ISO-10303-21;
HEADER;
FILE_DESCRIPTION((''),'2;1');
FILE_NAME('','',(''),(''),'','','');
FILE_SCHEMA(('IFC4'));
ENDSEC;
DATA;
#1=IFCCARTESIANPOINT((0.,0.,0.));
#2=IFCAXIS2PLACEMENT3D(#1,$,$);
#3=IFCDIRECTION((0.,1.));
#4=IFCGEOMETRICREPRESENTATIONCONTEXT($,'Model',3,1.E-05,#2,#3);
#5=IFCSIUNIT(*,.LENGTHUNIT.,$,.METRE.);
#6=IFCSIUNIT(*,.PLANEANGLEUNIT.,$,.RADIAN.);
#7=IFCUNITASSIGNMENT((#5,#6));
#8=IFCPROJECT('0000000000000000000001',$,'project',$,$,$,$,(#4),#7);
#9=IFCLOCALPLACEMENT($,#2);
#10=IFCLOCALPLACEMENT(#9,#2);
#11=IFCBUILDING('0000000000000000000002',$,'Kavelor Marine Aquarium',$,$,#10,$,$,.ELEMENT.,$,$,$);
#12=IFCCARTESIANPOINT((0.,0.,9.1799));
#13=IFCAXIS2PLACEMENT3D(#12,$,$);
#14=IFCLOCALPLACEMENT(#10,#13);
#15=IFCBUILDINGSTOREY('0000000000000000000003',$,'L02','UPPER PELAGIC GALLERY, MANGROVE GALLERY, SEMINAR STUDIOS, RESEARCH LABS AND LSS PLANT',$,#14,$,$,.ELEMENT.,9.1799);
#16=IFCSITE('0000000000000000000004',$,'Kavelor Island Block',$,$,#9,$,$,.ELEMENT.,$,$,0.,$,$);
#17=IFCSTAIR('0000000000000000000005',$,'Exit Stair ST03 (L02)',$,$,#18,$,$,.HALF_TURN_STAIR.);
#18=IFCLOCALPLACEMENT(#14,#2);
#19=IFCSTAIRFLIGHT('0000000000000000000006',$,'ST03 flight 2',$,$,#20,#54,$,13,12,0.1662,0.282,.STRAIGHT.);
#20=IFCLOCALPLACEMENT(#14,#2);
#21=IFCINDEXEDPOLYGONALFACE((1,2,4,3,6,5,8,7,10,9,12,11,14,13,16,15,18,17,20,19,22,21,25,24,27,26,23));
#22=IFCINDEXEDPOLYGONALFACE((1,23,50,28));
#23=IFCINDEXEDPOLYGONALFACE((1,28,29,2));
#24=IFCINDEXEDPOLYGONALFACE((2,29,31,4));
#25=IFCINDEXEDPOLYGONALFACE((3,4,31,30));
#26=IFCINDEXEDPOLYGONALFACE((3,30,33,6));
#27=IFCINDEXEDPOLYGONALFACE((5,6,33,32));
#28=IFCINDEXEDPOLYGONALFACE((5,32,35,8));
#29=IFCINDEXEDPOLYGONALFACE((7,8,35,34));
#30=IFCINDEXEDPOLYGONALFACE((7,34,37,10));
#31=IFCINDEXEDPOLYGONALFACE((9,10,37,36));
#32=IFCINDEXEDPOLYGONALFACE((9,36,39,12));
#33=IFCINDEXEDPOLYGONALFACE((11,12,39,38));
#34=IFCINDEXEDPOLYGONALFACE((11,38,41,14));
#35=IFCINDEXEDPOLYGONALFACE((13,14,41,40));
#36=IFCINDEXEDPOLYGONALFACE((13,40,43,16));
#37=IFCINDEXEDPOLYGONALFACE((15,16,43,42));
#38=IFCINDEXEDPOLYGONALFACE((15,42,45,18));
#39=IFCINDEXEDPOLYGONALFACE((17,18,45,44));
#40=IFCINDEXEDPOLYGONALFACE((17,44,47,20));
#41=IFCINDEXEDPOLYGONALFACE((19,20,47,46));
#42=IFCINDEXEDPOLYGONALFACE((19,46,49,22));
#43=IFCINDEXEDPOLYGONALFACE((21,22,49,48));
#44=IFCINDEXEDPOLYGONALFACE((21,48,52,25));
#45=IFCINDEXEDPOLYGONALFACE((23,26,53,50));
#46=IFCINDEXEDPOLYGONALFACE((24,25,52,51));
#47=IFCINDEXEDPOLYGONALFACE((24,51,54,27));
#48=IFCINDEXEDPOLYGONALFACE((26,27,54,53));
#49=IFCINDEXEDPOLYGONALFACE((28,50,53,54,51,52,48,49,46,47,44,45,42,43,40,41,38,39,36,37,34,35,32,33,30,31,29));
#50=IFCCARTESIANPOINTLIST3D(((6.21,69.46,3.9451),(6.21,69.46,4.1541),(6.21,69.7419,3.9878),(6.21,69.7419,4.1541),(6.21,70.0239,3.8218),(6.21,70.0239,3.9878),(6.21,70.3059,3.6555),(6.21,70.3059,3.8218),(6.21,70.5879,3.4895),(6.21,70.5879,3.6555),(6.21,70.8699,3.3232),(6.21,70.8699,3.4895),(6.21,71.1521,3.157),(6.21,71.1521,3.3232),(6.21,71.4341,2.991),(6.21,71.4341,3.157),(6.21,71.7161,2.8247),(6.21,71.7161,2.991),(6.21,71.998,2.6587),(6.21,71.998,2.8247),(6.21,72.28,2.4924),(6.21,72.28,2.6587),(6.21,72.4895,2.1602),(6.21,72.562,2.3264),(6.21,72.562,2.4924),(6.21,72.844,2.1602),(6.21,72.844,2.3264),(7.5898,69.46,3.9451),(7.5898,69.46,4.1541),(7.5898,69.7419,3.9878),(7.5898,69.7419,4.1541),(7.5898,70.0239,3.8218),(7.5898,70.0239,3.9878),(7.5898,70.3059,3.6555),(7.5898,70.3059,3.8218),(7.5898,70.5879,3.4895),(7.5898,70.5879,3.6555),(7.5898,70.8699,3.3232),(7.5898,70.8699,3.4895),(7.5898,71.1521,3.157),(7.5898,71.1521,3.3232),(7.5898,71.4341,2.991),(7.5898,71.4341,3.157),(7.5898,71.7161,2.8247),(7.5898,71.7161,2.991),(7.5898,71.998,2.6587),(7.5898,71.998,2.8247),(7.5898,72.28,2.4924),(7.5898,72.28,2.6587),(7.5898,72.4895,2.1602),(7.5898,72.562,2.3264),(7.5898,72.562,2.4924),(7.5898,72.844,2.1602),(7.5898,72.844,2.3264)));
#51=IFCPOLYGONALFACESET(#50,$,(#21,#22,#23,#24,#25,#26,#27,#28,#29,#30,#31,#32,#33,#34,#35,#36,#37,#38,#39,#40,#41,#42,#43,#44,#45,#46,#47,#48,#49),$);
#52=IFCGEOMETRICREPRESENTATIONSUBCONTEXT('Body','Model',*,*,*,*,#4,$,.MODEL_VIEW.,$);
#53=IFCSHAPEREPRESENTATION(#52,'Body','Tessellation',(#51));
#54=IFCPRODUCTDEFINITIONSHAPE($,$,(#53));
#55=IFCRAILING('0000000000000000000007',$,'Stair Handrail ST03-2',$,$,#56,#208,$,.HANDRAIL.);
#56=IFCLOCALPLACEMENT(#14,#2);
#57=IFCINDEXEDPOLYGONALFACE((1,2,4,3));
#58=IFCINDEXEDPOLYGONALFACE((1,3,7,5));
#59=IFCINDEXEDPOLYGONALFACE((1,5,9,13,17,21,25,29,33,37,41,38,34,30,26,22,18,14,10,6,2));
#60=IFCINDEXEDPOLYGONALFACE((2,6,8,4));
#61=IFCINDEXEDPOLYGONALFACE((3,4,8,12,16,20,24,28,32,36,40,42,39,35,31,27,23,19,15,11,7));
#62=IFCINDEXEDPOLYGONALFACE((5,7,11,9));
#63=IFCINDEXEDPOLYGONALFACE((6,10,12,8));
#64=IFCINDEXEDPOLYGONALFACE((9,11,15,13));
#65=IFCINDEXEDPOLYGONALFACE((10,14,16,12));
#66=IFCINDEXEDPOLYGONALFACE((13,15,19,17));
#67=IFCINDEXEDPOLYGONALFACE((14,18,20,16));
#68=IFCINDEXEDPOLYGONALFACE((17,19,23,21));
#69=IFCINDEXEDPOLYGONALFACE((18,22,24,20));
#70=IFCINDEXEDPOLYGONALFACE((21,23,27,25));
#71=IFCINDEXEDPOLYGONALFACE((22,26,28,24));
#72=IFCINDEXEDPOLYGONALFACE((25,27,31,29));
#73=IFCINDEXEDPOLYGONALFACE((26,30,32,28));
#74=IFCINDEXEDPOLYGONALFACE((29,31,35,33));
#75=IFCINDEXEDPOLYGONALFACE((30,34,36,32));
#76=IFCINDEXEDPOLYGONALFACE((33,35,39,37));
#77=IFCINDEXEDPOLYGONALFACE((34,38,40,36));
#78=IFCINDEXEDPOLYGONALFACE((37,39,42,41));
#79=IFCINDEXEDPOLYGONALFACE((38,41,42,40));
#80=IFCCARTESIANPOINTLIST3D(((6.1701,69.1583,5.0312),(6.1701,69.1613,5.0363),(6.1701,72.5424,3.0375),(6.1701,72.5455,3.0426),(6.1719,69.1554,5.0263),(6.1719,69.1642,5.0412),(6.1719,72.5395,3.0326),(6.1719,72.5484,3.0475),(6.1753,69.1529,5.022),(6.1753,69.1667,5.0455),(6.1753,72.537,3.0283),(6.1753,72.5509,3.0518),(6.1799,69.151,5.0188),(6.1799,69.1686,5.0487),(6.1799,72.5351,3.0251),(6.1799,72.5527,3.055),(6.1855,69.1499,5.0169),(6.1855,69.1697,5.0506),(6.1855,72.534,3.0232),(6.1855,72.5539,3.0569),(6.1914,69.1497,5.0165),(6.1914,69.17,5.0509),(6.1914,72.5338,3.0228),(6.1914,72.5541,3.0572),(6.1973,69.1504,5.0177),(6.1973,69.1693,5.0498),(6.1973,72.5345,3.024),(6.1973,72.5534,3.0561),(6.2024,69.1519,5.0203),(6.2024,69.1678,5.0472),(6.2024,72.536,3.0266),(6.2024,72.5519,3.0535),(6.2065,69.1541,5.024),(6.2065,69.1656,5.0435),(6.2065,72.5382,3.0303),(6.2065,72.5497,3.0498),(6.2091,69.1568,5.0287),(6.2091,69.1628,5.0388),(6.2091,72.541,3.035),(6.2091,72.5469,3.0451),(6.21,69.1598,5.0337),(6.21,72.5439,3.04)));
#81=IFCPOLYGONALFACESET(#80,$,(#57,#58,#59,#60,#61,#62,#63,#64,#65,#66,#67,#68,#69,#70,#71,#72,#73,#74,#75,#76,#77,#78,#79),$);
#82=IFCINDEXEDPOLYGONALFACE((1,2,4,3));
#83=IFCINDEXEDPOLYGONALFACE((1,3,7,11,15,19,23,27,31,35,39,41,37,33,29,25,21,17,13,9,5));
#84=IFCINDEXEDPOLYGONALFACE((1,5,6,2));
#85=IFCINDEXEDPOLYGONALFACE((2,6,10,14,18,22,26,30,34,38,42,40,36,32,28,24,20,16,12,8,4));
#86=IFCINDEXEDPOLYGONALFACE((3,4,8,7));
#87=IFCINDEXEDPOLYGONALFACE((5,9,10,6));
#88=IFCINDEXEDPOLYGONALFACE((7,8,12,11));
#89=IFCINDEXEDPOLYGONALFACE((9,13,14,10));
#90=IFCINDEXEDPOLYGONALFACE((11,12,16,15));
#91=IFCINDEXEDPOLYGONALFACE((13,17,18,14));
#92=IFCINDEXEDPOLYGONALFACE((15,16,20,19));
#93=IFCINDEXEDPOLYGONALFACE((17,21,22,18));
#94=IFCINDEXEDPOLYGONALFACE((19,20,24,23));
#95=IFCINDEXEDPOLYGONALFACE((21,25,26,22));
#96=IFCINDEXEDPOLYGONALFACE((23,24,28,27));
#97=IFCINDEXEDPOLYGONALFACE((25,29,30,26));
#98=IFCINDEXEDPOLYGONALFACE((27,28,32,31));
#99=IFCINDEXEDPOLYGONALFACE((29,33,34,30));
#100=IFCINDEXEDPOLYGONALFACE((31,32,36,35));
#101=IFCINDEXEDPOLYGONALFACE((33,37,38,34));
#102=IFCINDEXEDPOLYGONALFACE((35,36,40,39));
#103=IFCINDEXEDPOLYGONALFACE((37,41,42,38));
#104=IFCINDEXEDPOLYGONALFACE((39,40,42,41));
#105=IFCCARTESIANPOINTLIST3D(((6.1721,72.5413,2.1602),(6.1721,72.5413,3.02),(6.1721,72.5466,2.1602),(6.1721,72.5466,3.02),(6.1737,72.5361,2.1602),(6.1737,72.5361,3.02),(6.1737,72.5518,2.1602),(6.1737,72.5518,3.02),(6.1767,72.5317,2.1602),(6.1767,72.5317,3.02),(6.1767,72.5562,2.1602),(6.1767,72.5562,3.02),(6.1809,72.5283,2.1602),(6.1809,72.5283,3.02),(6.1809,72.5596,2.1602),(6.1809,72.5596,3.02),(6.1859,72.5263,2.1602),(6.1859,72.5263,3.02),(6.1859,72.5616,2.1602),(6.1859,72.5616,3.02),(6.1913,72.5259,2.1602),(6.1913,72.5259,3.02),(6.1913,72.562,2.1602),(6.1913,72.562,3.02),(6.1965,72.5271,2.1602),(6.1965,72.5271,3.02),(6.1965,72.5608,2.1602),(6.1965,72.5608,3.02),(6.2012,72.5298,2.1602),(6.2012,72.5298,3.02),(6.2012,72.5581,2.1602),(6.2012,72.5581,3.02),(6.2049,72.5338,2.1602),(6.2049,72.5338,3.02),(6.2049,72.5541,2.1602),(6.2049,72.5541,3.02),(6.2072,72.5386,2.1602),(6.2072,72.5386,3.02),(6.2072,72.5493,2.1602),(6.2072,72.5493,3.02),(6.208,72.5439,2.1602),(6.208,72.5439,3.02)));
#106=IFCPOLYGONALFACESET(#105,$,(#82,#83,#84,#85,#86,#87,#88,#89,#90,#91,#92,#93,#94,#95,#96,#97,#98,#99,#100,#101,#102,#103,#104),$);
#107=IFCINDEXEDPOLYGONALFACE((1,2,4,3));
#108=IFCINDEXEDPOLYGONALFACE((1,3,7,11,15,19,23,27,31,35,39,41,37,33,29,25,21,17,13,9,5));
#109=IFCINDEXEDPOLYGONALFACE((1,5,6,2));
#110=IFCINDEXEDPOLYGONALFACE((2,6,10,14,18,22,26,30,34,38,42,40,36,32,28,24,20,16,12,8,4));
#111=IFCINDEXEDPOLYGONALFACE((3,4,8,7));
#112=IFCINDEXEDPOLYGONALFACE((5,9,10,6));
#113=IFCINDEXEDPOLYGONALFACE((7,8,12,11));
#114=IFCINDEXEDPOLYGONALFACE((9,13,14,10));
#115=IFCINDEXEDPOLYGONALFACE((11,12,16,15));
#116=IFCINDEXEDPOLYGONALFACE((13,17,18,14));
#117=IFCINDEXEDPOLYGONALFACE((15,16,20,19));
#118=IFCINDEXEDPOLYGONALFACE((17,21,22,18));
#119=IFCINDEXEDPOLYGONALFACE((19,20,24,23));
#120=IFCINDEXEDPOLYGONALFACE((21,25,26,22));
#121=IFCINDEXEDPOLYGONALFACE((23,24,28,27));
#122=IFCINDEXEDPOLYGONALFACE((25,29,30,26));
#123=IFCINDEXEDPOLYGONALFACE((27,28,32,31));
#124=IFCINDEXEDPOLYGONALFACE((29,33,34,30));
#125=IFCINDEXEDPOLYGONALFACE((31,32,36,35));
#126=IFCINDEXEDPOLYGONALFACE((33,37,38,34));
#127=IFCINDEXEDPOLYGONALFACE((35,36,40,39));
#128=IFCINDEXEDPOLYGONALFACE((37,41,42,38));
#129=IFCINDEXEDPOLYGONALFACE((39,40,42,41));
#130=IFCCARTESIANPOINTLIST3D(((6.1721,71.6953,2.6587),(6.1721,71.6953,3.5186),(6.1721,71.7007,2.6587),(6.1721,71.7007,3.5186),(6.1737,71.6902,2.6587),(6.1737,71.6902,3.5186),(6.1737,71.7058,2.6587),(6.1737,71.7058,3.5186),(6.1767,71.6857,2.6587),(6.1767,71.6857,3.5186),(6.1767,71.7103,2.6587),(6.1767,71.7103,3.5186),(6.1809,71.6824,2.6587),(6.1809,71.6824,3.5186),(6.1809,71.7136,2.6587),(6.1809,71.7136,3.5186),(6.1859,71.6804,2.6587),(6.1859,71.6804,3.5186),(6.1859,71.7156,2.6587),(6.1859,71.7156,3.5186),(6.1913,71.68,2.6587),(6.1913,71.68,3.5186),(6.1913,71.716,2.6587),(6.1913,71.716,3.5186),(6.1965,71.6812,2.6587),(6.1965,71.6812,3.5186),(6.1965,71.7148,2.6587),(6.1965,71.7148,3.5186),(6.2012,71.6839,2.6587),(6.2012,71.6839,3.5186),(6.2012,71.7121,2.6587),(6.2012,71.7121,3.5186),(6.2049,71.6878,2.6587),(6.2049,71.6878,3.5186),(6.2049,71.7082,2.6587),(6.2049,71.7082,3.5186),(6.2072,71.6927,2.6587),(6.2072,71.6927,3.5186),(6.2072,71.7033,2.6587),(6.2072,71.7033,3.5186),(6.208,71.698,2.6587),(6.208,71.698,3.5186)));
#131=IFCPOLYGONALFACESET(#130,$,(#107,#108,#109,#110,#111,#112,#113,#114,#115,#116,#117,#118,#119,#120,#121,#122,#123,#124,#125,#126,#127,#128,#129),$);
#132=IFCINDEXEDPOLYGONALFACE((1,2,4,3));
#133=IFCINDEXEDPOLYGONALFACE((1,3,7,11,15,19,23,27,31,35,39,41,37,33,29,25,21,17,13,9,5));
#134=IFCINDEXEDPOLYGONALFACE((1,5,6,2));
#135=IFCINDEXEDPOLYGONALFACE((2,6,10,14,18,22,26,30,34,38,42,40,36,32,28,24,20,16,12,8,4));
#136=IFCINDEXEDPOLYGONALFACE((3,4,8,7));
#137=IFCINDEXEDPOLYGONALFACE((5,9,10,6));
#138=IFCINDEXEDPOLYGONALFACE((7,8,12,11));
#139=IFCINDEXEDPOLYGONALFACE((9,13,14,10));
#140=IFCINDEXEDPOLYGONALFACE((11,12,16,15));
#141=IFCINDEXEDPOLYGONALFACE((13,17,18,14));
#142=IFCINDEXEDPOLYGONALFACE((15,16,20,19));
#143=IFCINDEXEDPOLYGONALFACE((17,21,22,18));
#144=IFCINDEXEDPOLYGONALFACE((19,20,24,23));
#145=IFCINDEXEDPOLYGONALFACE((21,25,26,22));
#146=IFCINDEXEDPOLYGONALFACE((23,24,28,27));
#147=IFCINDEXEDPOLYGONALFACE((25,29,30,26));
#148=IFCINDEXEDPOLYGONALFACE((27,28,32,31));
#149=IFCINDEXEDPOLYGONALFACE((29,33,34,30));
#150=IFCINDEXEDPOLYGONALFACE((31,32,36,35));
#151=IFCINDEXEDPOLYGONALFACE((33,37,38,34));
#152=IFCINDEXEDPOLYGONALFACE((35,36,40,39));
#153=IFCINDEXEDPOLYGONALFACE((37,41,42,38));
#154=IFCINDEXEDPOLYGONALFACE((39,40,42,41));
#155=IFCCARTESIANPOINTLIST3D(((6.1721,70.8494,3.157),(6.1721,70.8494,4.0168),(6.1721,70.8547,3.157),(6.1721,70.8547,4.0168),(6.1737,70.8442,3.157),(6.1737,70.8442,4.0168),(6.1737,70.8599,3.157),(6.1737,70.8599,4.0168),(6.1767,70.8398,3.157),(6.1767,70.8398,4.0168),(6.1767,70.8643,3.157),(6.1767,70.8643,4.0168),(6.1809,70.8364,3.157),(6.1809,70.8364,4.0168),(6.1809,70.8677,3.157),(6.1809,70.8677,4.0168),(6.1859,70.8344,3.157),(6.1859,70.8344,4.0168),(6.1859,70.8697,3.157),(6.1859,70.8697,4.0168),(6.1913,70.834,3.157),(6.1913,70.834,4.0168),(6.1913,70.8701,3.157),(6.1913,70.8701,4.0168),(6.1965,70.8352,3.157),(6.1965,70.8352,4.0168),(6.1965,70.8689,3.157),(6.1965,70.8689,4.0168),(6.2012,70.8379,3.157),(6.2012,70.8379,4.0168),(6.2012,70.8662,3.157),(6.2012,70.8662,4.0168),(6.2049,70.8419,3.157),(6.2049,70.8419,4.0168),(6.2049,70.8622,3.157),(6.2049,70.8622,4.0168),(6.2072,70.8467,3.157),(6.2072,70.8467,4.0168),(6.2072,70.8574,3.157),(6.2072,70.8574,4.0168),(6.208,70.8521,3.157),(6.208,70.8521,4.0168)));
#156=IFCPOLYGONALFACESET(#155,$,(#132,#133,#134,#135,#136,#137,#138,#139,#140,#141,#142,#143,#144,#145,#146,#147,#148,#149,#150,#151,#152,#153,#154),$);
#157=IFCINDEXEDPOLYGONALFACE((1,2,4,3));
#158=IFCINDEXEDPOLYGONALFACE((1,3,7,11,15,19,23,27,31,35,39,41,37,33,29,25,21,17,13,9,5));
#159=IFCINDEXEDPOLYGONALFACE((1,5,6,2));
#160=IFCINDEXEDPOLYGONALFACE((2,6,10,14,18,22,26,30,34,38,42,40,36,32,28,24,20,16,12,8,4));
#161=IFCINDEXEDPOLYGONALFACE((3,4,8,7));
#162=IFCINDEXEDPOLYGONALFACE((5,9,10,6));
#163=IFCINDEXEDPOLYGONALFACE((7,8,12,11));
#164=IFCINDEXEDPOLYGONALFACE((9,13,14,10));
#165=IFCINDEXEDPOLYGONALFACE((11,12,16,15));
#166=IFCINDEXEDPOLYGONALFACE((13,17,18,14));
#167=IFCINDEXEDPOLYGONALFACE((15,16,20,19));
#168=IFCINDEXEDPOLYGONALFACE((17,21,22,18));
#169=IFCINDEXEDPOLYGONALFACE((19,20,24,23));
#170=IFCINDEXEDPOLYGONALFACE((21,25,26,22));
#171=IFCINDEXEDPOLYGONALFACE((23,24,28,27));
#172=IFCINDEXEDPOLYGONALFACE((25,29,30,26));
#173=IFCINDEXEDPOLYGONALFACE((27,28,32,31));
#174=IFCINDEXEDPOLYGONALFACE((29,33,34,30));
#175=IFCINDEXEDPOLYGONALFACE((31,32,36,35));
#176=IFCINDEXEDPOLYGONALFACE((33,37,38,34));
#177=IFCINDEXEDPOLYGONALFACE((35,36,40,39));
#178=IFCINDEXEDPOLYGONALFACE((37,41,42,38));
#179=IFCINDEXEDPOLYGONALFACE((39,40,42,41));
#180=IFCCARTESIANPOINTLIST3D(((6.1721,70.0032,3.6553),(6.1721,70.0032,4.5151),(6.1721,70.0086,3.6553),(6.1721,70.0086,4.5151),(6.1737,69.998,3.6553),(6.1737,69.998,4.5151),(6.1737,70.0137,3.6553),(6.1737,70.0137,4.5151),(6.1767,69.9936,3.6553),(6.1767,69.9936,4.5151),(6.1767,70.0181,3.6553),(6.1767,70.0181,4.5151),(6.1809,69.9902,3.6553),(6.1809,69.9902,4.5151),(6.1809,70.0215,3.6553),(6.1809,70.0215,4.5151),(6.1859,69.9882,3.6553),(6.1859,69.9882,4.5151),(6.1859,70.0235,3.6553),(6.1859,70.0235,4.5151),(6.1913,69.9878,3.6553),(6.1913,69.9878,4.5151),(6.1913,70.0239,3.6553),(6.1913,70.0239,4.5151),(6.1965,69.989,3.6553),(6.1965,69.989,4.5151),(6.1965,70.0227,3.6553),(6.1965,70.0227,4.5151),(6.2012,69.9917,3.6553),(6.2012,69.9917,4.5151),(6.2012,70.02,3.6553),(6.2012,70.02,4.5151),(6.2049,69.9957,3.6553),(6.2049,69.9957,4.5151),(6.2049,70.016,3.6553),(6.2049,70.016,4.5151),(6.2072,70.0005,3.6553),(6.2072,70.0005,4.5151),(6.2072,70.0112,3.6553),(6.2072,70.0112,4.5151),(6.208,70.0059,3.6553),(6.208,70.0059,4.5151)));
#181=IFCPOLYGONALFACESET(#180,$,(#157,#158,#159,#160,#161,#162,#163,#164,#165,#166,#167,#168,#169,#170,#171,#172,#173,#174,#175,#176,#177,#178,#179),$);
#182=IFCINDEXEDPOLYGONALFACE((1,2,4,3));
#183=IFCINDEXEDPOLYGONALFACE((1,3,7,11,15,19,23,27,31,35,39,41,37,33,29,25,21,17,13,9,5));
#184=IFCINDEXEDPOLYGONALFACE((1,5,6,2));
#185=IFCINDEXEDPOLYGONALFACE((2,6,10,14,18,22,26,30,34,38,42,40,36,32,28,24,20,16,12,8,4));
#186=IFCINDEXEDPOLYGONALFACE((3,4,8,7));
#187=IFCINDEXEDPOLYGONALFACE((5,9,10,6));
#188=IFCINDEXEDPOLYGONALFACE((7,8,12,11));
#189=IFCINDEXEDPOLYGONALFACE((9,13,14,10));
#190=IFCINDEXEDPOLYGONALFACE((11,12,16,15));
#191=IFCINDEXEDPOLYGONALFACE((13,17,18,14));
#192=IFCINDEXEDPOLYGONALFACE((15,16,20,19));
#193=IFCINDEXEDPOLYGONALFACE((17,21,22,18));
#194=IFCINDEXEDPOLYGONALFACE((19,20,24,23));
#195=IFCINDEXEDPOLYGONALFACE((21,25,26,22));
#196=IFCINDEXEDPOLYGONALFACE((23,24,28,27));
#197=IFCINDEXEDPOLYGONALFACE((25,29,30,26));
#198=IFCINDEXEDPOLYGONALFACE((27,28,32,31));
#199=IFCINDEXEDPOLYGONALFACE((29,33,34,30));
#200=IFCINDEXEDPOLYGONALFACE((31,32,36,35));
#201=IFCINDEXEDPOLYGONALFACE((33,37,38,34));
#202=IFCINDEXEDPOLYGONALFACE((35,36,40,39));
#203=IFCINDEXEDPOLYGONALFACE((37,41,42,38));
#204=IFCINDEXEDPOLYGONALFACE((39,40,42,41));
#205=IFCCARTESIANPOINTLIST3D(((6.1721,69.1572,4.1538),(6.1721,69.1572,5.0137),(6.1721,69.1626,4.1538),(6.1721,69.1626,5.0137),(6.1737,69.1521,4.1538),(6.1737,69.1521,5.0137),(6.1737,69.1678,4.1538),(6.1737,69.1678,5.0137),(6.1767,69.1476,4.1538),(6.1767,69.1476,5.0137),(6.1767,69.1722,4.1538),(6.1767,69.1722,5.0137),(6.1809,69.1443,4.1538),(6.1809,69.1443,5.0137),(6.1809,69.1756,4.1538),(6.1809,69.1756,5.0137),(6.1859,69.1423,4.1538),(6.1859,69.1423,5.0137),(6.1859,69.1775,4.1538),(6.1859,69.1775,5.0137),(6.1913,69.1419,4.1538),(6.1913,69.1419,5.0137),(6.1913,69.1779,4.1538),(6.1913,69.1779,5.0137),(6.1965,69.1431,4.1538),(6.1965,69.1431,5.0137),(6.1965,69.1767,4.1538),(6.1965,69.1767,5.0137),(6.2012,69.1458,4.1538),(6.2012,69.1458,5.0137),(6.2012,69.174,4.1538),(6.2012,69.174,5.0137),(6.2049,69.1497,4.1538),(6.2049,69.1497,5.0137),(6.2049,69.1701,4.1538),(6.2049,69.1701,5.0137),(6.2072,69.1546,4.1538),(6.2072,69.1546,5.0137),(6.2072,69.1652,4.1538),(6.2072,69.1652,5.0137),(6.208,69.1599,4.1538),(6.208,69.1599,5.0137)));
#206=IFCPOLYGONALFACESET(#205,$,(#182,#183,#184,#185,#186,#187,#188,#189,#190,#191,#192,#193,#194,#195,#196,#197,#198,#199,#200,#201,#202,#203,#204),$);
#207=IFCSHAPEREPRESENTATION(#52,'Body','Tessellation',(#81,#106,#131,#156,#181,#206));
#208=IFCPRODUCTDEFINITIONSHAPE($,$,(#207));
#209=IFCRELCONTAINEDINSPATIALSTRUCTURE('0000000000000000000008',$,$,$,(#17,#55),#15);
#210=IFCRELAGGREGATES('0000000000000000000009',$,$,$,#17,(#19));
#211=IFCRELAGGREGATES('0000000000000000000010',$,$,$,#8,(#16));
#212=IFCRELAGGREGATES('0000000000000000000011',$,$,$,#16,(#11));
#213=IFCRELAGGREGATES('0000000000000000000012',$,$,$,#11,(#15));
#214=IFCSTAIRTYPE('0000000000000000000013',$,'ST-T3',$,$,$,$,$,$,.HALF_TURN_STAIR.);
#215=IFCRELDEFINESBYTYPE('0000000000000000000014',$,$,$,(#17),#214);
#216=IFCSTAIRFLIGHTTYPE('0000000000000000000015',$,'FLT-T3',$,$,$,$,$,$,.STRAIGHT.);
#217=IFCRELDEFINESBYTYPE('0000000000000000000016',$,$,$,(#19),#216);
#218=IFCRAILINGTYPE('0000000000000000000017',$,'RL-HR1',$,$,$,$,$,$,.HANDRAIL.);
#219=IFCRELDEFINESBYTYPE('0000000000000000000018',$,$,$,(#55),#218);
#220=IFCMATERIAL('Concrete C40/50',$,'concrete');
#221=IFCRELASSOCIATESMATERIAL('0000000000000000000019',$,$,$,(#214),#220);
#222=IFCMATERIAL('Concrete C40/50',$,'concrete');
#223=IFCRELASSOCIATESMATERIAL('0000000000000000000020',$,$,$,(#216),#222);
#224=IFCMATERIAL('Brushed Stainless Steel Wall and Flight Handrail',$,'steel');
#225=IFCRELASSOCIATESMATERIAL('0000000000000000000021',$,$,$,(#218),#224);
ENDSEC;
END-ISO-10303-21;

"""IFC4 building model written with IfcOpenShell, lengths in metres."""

from ifc_helpers import new_model, si_unit, direction, frame, origin, origin_2d, place, context, subcontext, project, spatial, polyline, circle, outline, extrude, material, type_object, element, aggregate, save


model = new_model("IFC4")

# Units and contexts
model_context = context("Model", 3, precision=1e-05, world=origin(), true_north=direction((0.0, 1.0)))
body_context = subcontext(model_context, "Body", "Model", "MODEL_VIEW")
ifc_project = project(units=[si_unit("LENGTHUNIT", "METRE"), si_unit("PLANEANGLEUNIT", "RADIAN")], contexts=[model_context])

# Site, building, storey
site_placement = place(None, origin())
site = spatial("IfcSite", under=ifc_project, at=site_placement, Name="Kavelor Island Block", CompositionType="ELEMENT", RefElevation=0.0)
building_placement = place(site_placement, origin())
building = spatial("IfcBuilding", under=site, at=building_placement, Name="Kavelor Marine Aquarium", CompositionType="ELEMENT")
storey_placement = place(building_placement, frame((0.0, 0.0, 9.1799)))
storey = spatial("IfcBuildingStorey", under=building, at=storey_placement, Name="L02", Description="UPPER PELAGIC GALLERY, MANGROVE GALLERY, SEMINAR STUDIOS, RESEARCH LABS AND LSS PLANT", CompositionType="ELEMENT", Elevation=9.1799)

# Stair, stair flight
ifc_material_1 = material(Name="Concrete C40/50", Category="concrete")
stair_type = type_object("IfcStairType", Name="ST-T3", PredefinedType="HALF_TURN_STAIR", material=ifc_material_1)
stair_placement = place(storey_placement, origin())
stair = element("IfcStair", 1, at=stair_placement, inside=storey, type_object=stair_type, Name="Exit Stair ST03 (L02)", PredefinedType="HALF_TURN_STAIR")
ifc_material_2 = material(Name="Concrete C40/50", Category="concrete")
stair_flight_type = type_object("IfcStairFlightType", Name="FLT-T3", PredefinedType="STRAIGHT", material=ifc_material_2)
stair_flight_placement = place(storey_placement, frame((6.8999, 72.844, 2.1602), z_axis=(0.0, 0.0, 1.0), x_axis=(0.0, -1.0, 0.0)))
stair_flight = element("IfcStairFlight", 2, at=stair_flight_placement, type_object=stair_flight_type, Name="ST03 flight 2", NumberOfRisers=13, NumberOfTreads=12, PredefinedType="STRAIGHT", RiserHeight=0.1662, TreadLength=0.282, context=body_context, shape_type="SweptSolid", body=[
    extrude(outline(polyline([(0.0, 0.0), (0.0, 0.1663), (0.282, 0.1663), (0.282, 0.3323), (0.564, 0.3323), (0.564, 0.4985), (0.8459, 0.4985), (0.8459, 0.6646), (1.1279, 0.6646), (1.1279, 0.8308), (1.4099, 0.8308), (1.4099, 0.9968), (1.6919, 0.9968), (1.6919, 1.1631), (1.9741, 1.1631), (1.9741, 1.3293), (2.2561, 1.3293), (2.2561, 1.4954), (2.5381, 1.4954), (2.5381, 1.6616), (2.8201, 1.6616), (2.8201, 1.8276), (3.1021, 1.8276), (3.1021, 1.9939), (3.384, 1.9939), (3.384, 2.1599), (3.384, 1.7849), (0.3545, 0.0), (0.0, 0.0)])), frame((0.0, 0.6899, 0.0), z_axis=(0.0, -1.0, 0.0), x_axis=(1.0, 0.0, 0.0)), (0.0, 0.0, 1.0), 1.3799),
])
aggregate(stair, [stair_flight])

# Railing
ifc_material_3 = material(Name="Brushed Stainless Steel Wall and Flight Handrail", Category="steel")
railing_type_1 = type_object("IfcRailingType", Name="RL-HR1", PredefinedType="HANDRAIL", material=ifc_material_3)
railing_1_placement = place(storey_placement, frame((6.1899, 72.5439, 2.1602)))
element("IfcRailing", 3, at=railing_1_placement, inside=storey, type_object=railing_type_1, Name="Stair Handrail ST03-2", PredefinedType="HANDRAIL", context=body_context, shape_type="SweptSolid", body=[
    extrude(circle(Radius=0.02, at=origin_2d()), frame((0.0, 0.0, 0.8799), z_axis=(0.0, -0.861595, 0.507596), x_axis=(1.0, 0.0, 0.0)), (0.0, 0.0, 1.0), 3.9277),
    extrude(circle(Radius=0.0181, at=origin_2d()), origin(), (0.0, 0.0, 1.0), 0.8599),
    extrude(circle(Radius=0.0181, at=origin_2d()), frame((0.0, -0.8459, 0.4985)), (0.0, 0.0, 1.0), 0.8599),
    extrude(circle(Radius=0.0181, at=origin_2d()), frame((0.0, -1.6919, 0.9968)), (0.0, 0.0, 1.0), 0.8599),
    extrude(circle(Radius=0.0181, at=origin_2d()), frame((0.0, -2.5381, 1.4951)), (0.0, 0.0, 1.0), 0.8599),
    extrude(circle(Radius=0.0181, at=origin_2d()), frame((0.0, -3.384, 1.9937)), (0.0, 0.0, 1.0), 0.8599),
])

save(model, "model.ifc")
